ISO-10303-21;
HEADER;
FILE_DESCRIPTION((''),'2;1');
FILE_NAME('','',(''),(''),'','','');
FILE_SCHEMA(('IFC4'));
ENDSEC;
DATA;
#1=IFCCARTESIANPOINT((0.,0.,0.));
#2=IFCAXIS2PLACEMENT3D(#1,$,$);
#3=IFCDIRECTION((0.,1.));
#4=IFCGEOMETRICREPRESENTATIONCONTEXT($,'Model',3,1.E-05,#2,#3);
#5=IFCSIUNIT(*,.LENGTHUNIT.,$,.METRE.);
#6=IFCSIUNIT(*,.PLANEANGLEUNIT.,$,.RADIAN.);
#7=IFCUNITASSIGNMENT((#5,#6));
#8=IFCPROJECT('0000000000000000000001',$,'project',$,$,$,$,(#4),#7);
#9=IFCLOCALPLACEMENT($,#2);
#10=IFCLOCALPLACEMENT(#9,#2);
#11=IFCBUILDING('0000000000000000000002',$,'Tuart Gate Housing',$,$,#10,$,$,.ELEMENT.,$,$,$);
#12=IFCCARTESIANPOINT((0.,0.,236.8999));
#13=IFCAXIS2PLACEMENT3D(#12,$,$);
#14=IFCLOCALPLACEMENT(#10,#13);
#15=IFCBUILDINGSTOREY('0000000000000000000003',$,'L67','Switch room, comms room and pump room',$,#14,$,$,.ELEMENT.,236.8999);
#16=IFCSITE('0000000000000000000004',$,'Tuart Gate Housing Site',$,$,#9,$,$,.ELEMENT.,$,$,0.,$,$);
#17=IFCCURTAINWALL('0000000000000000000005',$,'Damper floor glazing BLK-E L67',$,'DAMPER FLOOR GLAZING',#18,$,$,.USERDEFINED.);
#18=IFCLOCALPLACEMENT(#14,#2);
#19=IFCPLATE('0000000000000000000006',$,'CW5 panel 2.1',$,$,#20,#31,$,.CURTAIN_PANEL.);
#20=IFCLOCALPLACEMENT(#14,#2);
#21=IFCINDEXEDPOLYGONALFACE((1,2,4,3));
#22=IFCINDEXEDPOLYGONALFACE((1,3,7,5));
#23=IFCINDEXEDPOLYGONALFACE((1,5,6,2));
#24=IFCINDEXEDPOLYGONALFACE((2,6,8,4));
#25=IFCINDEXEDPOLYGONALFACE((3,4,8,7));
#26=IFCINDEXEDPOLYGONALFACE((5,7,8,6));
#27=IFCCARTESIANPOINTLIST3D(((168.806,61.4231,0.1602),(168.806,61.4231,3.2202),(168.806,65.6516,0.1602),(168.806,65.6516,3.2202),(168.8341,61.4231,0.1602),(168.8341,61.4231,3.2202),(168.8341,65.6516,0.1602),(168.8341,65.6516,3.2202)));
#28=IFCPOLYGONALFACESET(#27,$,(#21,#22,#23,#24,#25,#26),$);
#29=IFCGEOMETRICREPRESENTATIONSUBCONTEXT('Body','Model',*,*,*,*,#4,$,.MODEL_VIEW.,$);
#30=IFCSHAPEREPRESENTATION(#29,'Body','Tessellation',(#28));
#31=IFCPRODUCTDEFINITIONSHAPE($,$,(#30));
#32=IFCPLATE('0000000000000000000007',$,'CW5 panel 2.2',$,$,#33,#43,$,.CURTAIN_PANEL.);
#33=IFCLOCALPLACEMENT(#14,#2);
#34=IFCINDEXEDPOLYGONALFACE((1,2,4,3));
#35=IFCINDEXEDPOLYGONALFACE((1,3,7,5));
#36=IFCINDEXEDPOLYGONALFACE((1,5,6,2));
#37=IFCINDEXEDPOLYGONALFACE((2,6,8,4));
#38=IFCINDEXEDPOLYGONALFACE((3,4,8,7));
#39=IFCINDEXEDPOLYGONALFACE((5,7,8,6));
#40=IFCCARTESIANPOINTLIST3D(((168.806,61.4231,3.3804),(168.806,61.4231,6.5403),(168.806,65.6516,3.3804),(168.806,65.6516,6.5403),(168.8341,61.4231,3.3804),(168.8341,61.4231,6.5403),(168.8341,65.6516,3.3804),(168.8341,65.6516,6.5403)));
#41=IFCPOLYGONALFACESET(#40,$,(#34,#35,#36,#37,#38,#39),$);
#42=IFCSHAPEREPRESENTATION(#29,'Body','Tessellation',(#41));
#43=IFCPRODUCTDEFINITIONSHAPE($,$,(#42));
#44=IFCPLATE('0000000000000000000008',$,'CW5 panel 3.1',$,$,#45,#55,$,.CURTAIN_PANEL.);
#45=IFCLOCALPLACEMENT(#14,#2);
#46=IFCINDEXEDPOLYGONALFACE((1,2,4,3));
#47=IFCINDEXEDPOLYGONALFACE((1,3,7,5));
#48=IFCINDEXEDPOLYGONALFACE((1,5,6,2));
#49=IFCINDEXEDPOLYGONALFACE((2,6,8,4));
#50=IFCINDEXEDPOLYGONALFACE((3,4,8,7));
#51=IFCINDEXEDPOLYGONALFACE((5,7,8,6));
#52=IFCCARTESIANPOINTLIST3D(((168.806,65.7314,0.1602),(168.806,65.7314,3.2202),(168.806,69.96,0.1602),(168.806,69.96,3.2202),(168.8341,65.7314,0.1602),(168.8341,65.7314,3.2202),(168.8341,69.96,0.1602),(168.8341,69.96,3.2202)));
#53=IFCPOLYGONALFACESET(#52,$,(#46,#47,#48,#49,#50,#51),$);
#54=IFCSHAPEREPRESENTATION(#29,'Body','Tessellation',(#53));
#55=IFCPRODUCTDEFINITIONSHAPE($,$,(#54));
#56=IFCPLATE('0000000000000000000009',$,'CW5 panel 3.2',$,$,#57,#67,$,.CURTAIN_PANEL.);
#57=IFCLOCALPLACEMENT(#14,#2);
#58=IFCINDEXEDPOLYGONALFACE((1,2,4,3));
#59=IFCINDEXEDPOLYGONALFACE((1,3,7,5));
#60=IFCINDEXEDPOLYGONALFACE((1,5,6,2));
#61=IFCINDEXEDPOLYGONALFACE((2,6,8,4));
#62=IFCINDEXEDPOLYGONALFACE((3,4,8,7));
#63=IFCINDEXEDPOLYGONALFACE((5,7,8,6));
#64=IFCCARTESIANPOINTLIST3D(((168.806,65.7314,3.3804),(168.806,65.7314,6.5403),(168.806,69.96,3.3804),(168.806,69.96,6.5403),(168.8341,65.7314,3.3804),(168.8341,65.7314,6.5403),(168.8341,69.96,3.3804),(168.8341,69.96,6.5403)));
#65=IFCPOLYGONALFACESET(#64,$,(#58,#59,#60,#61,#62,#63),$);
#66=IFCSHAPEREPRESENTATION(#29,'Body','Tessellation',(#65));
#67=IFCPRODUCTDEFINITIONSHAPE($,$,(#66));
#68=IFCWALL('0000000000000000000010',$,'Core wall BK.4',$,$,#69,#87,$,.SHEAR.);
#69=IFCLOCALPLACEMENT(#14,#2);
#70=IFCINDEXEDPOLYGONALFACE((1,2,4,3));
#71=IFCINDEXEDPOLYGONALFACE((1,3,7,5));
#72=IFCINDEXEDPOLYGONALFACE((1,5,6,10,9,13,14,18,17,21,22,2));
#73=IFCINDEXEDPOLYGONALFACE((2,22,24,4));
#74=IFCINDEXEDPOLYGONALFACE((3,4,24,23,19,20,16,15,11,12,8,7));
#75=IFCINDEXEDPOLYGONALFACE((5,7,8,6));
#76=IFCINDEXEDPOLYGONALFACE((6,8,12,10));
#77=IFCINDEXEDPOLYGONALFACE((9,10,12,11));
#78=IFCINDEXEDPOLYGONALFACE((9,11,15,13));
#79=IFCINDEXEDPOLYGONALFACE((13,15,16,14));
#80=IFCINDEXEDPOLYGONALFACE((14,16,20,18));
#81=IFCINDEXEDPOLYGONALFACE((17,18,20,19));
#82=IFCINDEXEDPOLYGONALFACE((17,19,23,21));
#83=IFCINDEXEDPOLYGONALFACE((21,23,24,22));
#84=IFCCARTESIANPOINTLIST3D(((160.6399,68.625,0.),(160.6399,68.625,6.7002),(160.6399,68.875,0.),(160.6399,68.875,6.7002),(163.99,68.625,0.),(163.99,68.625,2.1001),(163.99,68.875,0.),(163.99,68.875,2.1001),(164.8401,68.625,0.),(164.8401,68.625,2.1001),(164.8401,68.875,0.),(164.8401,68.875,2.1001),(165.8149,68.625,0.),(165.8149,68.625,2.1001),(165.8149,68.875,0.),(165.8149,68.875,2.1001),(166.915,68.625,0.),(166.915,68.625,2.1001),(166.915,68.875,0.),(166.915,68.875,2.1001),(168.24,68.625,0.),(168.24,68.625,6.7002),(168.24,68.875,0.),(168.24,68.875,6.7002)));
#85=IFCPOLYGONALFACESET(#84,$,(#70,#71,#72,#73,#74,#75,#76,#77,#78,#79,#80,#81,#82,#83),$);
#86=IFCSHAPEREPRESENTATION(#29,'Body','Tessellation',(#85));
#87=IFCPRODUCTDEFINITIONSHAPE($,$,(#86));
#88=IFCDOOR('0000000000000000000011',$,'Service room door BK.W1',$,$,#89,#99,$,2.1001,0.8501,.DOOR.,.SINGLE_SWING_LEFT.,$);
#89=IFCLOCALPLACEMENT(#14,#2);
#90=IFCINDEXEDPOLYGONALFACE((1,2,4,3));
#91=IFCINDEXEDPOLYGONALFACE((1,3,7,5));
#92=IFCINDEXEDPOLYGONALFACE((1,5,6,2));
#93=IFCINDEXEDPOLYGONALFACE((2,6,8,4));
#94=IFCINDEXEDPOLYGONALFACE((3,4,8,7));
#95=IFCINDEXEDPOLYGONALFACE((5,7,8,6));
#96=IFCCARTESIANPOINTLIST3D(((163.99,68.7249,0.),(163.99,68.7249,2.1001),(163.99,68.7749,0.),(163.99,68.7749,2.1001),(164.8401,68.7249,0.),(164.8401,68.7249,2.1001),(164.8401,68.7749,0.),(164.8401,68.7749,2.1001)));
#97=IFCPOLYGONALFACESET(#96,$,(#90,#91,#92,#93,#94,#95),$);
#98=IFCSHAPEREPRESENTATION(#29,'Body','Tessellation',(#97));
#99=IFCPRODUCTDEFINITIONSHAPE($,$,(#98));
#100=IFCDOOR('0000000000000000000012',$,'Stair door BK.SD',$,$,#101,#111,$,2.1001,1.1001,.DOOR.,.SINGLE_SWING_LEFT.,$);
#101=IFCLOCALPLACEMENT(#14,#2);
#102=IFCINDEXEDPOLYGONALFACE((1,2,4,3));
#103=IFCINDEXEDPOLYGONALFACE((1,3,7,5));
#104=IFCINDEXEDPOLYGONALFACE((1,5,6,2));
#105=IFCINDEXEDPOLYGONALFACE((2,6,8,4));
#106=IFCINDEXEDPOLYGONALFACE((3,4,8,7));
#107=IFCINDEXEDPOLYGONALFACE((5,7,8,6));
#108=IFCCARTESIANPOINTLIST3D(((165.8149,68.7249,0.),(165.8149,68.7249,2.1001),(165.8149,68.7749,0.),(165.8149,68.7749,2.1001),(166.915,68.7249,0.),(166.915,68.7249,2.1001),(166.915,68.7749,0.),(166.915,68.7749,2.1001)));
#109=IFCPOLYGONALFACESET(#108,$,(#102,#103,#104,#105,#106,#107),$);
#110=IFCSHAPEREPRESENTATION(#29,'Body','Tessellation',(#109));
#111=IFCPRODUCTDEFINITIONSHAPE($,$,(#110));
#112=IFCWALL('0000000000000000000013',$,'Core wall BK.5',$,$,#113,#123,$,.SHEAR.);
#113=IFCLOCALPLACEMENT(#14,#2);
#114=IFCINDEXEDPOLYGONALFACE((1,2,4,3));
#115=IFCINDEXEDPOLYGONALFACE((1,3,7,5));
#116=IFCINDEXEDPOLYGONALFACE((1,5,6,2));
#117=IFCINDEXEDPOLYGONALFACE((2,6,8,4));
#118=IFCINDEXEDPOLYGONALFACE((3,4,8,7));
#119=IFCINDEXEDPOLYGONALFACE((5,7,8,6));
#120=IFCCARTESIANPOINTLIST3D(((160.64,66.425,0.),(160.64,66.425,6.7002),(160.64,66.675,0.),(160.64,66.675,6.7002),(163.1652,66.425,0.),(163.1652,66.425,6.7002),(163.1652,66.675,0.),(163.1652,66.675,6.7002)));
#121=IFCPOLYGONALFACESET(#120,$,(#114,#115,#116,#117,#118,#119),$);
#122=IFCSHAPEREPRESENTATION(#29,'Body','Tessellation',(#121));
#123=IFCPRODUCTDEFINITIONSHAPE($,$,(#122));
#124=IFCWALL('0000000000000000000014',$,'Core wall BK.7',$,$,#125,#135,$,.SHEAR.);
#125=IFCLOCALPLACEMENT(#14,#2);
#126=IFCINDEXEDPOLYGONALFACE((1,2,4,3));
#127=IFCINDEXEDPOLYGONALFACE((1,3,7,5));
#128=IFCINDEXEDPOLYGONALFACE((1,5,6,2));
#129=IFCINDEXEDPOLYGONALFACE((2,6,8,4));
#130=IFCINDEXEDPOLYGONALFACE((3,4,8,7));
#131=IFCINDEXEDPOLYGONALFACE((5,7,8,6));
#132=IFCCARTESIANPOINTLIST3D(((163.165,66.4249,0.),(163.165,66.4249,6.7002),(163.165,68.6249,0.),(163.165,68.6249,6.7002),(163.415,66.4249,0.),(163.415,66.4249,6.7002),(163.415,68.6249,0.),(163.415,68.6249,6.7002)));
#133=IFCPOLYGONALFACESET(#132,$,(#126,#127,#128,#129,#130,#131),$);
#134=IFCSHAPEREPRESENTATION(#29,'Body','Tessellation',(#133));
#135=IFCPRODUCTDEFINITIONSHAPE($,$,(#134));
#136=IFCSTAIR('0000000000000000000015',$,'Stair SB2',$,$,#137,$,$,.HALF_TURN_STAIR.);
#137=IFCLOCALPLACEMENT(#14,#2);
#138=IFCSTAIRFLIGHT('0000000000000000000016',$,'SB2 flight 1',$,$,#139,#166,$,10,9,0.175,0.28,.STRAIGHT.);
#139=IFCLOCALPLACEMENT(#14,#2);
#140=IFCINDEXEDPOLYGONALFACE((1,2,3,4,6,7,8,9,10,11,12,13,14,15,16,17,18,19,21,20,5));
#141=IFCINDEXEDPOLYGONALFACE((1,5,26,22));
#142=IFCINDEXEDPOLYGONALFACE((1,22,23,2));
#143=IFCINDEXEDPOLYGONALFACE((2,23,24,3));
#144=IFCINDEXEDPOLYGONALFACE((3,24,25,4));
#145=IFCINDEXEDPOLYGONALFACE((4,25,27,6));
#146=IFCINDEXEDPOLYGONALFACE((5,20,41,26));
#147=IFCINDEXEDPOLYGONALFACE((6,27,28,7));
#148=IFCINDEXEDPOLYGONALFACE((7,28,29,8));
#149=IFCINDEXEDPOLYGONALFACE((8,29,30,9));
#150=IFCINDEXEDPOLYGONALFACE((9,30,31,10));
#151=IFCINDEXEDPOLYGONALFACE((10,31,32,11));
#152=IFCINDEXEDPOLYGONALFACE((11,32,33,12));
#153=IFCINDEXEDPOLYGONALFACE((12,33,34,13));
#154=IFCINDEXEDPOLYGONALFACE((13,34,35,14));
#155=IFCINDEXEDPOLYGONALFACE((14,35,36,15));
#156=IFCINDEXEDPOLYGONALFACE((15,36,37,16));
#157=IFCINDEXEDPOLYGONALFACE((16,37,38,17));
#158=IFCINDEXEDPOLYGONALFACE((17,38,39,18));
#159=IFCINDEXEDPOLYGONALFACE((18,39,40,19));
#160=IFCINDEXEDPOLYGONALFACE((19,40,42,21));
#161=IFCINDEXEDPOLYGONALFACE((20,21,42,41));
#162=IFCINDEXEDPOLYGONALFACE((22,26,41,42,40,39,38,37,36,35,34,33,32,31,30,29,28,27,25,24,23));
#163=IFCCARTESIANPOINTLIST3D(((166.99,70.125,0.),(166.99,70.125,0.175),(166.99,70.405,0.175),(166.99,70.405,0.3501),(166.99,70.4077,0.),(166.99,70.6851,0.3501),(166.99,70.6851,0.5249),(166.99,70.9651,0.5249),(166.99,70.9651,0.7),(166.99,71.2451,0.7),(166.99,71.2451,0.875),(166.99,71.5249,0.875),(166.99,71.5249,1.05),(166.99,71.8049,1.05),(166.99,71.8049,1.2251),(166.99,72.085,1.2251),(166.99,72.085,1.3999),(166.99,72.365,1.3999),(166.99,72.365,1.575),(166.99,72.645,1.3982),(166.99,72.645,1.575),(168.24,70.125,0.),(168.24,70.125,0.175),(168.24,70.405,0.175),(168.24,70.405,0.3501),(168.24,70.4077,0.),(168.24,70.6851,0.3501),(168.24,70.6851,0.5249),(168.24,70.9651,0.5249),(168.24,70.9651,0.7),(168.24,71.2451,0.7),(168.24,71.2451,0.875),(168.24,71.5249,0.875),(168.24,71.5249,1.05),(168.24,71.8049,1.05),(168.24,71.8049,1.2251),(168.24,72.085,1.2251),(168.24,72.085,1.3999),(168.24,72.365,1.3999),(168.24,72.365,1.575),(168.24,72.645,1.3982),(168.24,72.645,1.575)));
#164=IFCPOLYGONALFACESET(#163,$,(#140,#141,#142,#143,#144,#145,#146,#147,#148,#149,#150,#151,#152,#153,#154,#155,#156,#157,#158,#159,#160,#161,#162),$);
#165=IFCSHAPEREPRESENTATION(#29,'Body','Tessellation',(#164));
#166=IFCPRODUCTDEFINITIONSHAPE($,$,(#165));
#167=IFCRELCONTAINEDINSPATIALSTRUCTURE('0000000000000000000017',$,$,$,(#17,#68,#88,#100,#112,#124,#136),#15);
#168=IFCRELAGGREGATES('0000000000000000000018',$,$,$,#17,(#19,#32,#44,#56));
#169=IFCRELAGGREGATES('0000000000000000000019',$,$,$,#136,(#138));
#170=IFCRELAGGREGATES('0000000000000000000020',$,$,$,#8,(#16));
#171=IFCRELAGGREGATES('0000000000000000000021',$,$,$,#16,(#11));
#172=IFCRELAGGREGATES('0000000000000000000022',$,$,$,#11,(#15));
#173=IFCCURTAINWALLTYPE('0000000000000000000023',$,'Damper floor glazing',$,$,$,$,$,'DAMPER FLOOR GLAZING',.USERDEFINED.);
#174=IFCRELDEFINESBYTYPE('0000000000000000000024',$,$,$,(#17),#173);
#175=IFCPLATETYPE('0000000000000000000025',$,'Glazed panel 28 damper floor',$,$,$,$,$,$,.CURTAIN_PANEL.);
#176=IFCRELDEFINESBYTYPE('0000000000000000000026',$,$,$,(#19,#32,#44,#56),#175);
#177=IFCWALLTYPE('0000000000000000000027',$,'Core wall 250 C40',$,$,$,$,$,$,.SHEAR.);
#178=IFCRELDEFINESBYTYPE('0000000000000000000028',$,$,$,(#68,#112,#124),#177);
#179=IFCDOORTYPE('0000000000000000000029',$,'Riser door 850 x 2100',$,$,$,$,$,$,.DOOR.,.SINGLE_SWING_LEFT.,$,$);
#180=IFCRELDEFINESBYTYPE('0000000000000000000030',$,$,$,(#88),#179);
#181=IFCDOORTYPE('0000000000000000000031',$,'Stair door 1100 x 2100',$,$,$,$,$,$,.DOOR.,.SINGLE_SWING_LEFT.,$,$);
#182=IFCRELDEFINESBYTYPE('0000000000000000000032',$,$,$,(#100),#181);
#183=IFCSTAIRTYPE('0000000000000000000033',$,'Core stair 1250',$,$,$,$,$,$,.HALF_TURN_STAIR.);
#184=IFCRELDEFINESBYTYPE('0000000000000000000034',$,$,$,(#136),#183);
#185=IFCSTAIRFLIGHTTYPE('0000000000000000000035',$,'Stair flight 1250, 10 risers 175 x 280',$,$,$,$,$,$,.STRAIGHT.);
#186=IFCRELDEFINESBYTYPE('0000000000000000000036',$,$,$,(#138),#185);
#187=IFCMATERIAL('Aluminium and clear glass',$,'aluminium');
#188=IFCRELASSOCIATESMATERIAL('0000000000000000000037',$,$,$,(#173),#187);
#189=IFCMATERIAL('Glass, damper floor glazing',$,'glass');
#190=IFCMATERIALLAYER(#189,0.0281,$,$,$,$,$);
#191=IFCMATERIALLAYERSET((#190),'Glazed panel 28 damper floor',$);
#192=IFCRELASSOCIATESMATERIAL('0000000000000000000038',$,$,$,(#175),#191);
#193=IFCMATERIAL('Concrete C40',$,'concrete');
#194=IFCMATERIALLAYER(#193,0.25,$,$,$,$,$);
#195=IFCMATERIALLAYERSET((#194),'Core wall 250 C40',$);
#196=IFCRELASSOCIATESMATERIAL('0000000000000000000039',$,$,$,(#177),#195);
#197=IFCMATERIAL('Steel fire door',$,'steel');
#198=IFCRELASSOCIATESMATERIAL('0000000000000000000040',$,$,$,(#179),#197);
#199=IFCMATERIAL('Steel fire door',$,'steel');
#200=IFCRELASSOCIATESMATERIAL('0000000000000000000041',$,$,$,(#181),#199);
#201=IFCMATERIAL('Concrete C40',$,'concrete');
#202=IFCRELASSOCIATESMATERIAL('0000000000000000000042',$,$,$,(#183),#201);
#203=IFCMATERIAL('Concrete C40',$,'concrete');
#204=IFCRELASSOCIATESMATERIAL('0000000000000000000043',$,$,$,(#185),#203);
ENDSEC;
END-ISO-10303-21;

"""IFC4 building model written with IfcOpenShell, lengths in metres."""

from ifc_helpers import new_model, si_unit, direction, frame, frame_2d, origin, origin_2d, place, context, subcontext, project, spatial, polyline, rectangle, outline, extrude, material, layer, layer_set, type_object, element, fill, aggregate, save


model = new_model("IFC4")

# Units and contexts
model_context = context("Model", 3, precision=1e-05, world=origin(), true_north=direction((0.0, 1.0)))
body_context = subcontext(model_context, "Body", "Model", "MODEL_VIEW")
ifc_project = project(units=[si_unit("LENGTHUNIT", "METRE"), si_unit("PLANEANGLEUNIT", "RADIAN")], contexts=[model_context])

# Site, building, storey
site_placement = place(None, origin())
site = spatial("IfcSite", under=ifc_project, at=site_placement, Name="Tuart Gate Housing Site", CompositionType="ELEMENT", RefElevation=0.0)
building_placement = place(site_placement, origin())
building = spatial("IfcBuilding", under=site, at=building_placement, Name="Tuart Gate Housing", CompositionType="ELEMENT")
storey_placement = place(building_placement, frame((0.0, 0.0, 236.8999)))
storey = spatial("IfcBuildingStorey", under=building, at=storey_placement, Name="L67", Description="Switch room, comms room and pump room", CompositionType="ELEMENT", Elevation=236.8999)

# Curtain wall, plates
ifc_material_1 = material(Name="Aluminium and clear glass", Category="aluminium")
curtain_wall_type = type_object("IfcCurtainWallType", Name="Damper floor glazing", ElementType="DAMPER FLOOR GLAZING", PredefinedType="USERDEFINED", material=ifc_material_1)
curtain_wall_placement = place(storey_placement, origin())
curtain_wall = element("IfcCurtainWall", 1, at=curtain_wall_placement, inside=storey, type_object=curtain_wall_type, Name="Damper floor glazing BLK-E L67", ObjectType="DAMPER FLOOR GLAZING", PredefinedType="USERDEFINED")
ifc_material_2 = material(Name="Glass, damper floor glazing", Category="glass")
ifc_layer_1 = layer(ifc_material_2, 0.0281)
ifc_layer_set_1 = layer_set([ifc_layer_1], Name="Glazed panel 28 damper floor")
plate_type = type_object("IfcPlateType", Name="Glazed panel 28 damper floor", PredefinedType="CURTAIN_PANEL", material=ifc_layer_set_1)
plate_1_placement = place(storey_placement, frame((168.8201, 63.5374, 0.1602), z_axis=(0.0, 0.0, 1.0), x_axis=(0.0, 1.0, 0.0)))
plate_1 = element("IfcPlate", 2, at=plate_1_placement, type_object=plate_type, Name="CW5 panel 2.1", PredefinedType="CURTAIN_PANEL", context=body_context, shape_type="SweptSolid", body=[
    extrude(rectangle(XDim=4.2285, YDim=0.0281, at=origin_2d()), origin(), (0.0, 0.0, 1.0), 3.0601),
])
plate_2_placement = place(storey_placement, frame((168.8201, 63.5374, 3.3804), z_axis=(0.0, 0.0, 1.0), x_axis=(0.0, 1.0, 0.0)))
plate_2 = element("IfcPlate", 3, at=plate_2_placement, type_object=plate_type, Name="CW5 panel 2.2", PredefinedType="CURTAIN_PANEL", context=body_context, shape_type="SweptSolid", body=[
    extrude(rectangle(XDim=4.2285, YDim=0.0281, at=origin_2d()), origin(), (0.0, 0.0, 1.0), 3.1599),
])
plate_3_placement = place(storey_placement, frame((168.8201, 67.8457, 0.1602), z_axis=(0.0, 0.0, 1.0), x_axis=(0.0, 1.0, 0.0)))
plate_3 = element("IfcPlate", 4, at=plate_3_placement, type_object=plate_type, Name="CW5 panel 3.1", PredefinedType="CURTAIN_PANEL", context=body_context, shape_type="SweptSolid", body=[
    extrude(rectangle(XDim=4.2285, YDim=0.0281, at=origin_2d()), origin(), (0.0, 0.0, 1.0), 3.0601),
])
plate_4_placement = place(storey_placement, frame((168.8201, 67.8457, 3.3804), z_axis=(0.0, 0.0, 1.0), x_axis=(0.0, 1.0, 0.0)))
plate_4 = element("IfcPlate", 5, at=plate_4_placement, type_object=plate_type, Name="CW5 panel 3.2", PredefinedType="CURTAIN_PANEL", context=body_context, shape_type="SweptSolid", body=[
    extrude(rectangle(XDim=4.2285, YDim=0.0281, at=origin_2d()), origin(), (0.0, 0.0, 1.0), 3.1599),
])
aggregate(curtain_wall, [plate_1, plate_2, plate_3, plate_4])

# Wall, openings, doors
ifc_material_3 = material(Name="Concrete C40", Category="concrete")
ifc_layer_2 = layer(ifc_material_3, 0.25)
ifc_layer_set_2 = layer_set([ifc_layer_2], Name="Core wall 250 C40")
wall_type = type_object("IfcWallType", Name="Core wall 250 C40", PredefinedType="SHEAR", material=ifc_layer_set_2)
wall_1_placement = place(storey_placement, frame((160.6399, 68.75, 0.0), z_axis=(0.0, 0.0, 1.0), x_axis=(1.0, 0.0, 0.0)))
wall_1 = element("IfcWall", 6, at=wall_1_placement, inside=storey, type_object=wall_type, Name="Core wall BK.4", PredefinedType="SHEAR", context=body_context, shape_type="SweptSolid", body=[
    extrude(rectangle(XDim=7.6001, YDim=0.25, at=frame_2d((3.8, 0.0))), origin(), (0.0, 0.0, 1.0), 6.7002),
])
opening_1_placement = place(wall_1_placement, frame((5.175, 0.0, 0.0)))
opening_1 = element("IfcOpeningElement", 7, at=opening_1_placement, cuts=wall_1, PredefinedType="OPENING", context=body_context, shape_type="SweptSolid", body=[
    extrude(rectangle(XDim=1.1001, YDim=2.1001, at=frame_2d((0.55, 1.05))), frame((0.0, 0.135, 0.0), z_axis=(0.0, -1.0, 0.0), x_axis=(1.0, 0.0, 0.0)), (0.0, 0.0, 1.0), 0.27),
])
opening_2_placement = place(wall_1_placement, frame((3.3501, 0.0, 0.0)))
opening_2 = element("IfcOpeningElement", 8, at=opening_2_placement, cuts=wall_1, PredefinedType="OPENING", context=body_context, shape_type="SweptSolid", body=[
    extrude(rectangle(XDim=0.8501, YDim=2.1001, at=frame_2d((0.425, 1.05))), frame((0.0, 0.135, 0.0), z_axis=(0.0, -1.0, 0.0), x_axis=(1.0, 0.0, 0.0)), (0.0, 0.0, 1.0), 0.27),
])
ifc_material_4 = material(Name="Steel fire door", Category="steel")
door_type_1 = type_object("IfcDoorType", Name="Riser door 850 x 2100", OperationType="SINGLE_SWING_LEFT", PredefinedType="DOOR", material=ifc_material_4)
door_1_placement = place(opening_2_placement, origin())
door_1 = element("IfcDoor", 9, at=door_1_placement, inside=storey, type_object=door_type_1, Name="Service room door BK.W1", OperationType="SINGLE_SWING_LEFT", OverallHeight=2.1001, OverallWidth=0.8501, PredefinedType="DOOR", context=body_context, shape_type="SweptSolid", body=[
    extrude(rectangle(XDim=0.8501, YDim=2.1001, at=frame_2d((0.425, 1.05))), frame((0.0, 0.0249, 0.0), z_axis=(0.0, -1.0, 0.0), x_axis=(1.0, 0.0, 0.0)), (0.0, 0.0, 1.0), 0.05),
])
fill(opening_2, door_1)
ifc_material_5 = material(Name="Steel fire door", Category="steel")
door_type_2 = type_object("IfcDoorType", Name="Stair door 1100 x 2100", OperationType="SINGLE_SWING_LEFT", PredefinedType="DOOR", material=ifc_material_5)
door_2_placement = place(opening_1_placement, origin())
door_2 = element("IfcDoor", 10, at=door_2_placement, inside=storey, type_object=door_type_2, Name="Stair door BK.SD", OperationType="SINGLE_SWING_LEFT", OverallHeight=2.1001, OverallWidth=1.1001, PredefinedType="DOOR", context=body_context, shape_type="SweptSolid", body=[
    extrude(rectangle(XDim=1.1001, YDim=2.1001, at=frame_2d((0.55, 1.05))), frame((0.0, 0.0249, 0.0), z_axis=(0.0, -1.0, 0.0), x_axis=(1.0, 0.0, 0.0)), (0.0, 0.0, 1.0), 0.05),
])
fill(opening_1, door_2)

# Walls
wall_2_placement = place(storey_placement, frame((160.6399, 66.55, 0.0), z_axis=(0.0, 0.0, 1.0), x_axis=(1.0, 0.0, 0.0)))
element("IfcWall", 11, at=wall_2_placement, inside=storey, type_object=wall_type, Name="Core wall BK.5", PredefinedType="SHEAR", context=body_context, shape_type="SweptSolid", body=[
    extrude(rectangle(XDim=2.5251, YDim=0.25, at=frame_2d((1.2627, 0.0))), origin(), (0.0, 0.0, 1.0), 6.7002),
])
wall_3_placement = place(storey_placement, frame((163.29, 68.625, 0.0), z_axis=(0.0, 0.0, 1.0), x_axis=(0.0, -1.0, 0.0)))
element("IfcWall", 12, at=wall_3_placement, inside=storey, type_object=wall_type, Name="Core wall BK.7", PredefinedType="SHEAR", context=body_context, shape_type="SweptSolid", body=[
    extrude(rectangle(XDim=2.2, YDim=0.25, at=frame_2d((1.1001, 0.0))), origin(), (0.0, 0.0, 1.0), 6.7002),
])

# Stair, stair flight
ifc_material_6 = material(Name="Concrete C40", Category="concrete")
stair_type = type_object("IfcStairType", Name="Core stair 1250", PredefinedType="HALF_TURN_STAIR", material=ifc_material_6)
stair_placement = place(storey_placement, origin())
stair = element("IfcStair", 13, at=stair_placement, inside=storey, type_object=stair_type, Name="Stair SB2", PredefinedType="HALF_TURN_STAIR")
ifc_material_7 = material(Name="Concrete C40", Category="concrete")
stair_flight_type = type_object("IfcStairFlightType", Name="Stair flight 1250, 10 risers 175 x 280", PredefinedType="STRAIGHT", material=ifc_material_7)
stair_flight_placement = place(storey_placement, frame((167.615, 70.125, 0.0), z_axis=(0.0, 0.0, 1.0), x_axis=(0.0, 1.0, 0.0)))
stair_flight = element("IfcStairFlight", 14, at=stair_flight_placement, type_object=stair_flight_type, Name="SB2 flight 1", NumberOfRisers=10, NumberOfTreads=9, PredefinedType="STRAIGHT", RiserHeight=0.175, TreadLength=0.28, context=body_context, shape_type="SweptSolid", body=[
    extrude(outline(polyline([(0.0, 0.0), (0.0, 0.175), (0.28, 0.175), (0.28, 0.3501), (0.5601, 0.3501), (0.5601, 0.5249), (0.8401, 0.5249), (0.8401, 0.7), (1.1201, 0.7), (1.1201, 0.875), (1.3999, 0.875), (1.3999, 1.05), (1.6799, 1.05), (1.6799, 1.2251), (1.96, 1.2251), (1.96, 1.3999), (2.24, 1.3999), (2.24, 1.575), (2.52, 1.575), (2.52, 1.75), (2.52, 1.3982), (0.2827, 0.0), (0.0, 0.0)])), frame((0.0, 0.625, 0.0), z_axis=(0.0, -1.0, 0.0), x_axis=(1.0, 0.0, 0.0)), (0.0, 0.0, 1.0), 1.25),
])
aggregate(stair, [stair_flight])

save(model, "model.ifc")
